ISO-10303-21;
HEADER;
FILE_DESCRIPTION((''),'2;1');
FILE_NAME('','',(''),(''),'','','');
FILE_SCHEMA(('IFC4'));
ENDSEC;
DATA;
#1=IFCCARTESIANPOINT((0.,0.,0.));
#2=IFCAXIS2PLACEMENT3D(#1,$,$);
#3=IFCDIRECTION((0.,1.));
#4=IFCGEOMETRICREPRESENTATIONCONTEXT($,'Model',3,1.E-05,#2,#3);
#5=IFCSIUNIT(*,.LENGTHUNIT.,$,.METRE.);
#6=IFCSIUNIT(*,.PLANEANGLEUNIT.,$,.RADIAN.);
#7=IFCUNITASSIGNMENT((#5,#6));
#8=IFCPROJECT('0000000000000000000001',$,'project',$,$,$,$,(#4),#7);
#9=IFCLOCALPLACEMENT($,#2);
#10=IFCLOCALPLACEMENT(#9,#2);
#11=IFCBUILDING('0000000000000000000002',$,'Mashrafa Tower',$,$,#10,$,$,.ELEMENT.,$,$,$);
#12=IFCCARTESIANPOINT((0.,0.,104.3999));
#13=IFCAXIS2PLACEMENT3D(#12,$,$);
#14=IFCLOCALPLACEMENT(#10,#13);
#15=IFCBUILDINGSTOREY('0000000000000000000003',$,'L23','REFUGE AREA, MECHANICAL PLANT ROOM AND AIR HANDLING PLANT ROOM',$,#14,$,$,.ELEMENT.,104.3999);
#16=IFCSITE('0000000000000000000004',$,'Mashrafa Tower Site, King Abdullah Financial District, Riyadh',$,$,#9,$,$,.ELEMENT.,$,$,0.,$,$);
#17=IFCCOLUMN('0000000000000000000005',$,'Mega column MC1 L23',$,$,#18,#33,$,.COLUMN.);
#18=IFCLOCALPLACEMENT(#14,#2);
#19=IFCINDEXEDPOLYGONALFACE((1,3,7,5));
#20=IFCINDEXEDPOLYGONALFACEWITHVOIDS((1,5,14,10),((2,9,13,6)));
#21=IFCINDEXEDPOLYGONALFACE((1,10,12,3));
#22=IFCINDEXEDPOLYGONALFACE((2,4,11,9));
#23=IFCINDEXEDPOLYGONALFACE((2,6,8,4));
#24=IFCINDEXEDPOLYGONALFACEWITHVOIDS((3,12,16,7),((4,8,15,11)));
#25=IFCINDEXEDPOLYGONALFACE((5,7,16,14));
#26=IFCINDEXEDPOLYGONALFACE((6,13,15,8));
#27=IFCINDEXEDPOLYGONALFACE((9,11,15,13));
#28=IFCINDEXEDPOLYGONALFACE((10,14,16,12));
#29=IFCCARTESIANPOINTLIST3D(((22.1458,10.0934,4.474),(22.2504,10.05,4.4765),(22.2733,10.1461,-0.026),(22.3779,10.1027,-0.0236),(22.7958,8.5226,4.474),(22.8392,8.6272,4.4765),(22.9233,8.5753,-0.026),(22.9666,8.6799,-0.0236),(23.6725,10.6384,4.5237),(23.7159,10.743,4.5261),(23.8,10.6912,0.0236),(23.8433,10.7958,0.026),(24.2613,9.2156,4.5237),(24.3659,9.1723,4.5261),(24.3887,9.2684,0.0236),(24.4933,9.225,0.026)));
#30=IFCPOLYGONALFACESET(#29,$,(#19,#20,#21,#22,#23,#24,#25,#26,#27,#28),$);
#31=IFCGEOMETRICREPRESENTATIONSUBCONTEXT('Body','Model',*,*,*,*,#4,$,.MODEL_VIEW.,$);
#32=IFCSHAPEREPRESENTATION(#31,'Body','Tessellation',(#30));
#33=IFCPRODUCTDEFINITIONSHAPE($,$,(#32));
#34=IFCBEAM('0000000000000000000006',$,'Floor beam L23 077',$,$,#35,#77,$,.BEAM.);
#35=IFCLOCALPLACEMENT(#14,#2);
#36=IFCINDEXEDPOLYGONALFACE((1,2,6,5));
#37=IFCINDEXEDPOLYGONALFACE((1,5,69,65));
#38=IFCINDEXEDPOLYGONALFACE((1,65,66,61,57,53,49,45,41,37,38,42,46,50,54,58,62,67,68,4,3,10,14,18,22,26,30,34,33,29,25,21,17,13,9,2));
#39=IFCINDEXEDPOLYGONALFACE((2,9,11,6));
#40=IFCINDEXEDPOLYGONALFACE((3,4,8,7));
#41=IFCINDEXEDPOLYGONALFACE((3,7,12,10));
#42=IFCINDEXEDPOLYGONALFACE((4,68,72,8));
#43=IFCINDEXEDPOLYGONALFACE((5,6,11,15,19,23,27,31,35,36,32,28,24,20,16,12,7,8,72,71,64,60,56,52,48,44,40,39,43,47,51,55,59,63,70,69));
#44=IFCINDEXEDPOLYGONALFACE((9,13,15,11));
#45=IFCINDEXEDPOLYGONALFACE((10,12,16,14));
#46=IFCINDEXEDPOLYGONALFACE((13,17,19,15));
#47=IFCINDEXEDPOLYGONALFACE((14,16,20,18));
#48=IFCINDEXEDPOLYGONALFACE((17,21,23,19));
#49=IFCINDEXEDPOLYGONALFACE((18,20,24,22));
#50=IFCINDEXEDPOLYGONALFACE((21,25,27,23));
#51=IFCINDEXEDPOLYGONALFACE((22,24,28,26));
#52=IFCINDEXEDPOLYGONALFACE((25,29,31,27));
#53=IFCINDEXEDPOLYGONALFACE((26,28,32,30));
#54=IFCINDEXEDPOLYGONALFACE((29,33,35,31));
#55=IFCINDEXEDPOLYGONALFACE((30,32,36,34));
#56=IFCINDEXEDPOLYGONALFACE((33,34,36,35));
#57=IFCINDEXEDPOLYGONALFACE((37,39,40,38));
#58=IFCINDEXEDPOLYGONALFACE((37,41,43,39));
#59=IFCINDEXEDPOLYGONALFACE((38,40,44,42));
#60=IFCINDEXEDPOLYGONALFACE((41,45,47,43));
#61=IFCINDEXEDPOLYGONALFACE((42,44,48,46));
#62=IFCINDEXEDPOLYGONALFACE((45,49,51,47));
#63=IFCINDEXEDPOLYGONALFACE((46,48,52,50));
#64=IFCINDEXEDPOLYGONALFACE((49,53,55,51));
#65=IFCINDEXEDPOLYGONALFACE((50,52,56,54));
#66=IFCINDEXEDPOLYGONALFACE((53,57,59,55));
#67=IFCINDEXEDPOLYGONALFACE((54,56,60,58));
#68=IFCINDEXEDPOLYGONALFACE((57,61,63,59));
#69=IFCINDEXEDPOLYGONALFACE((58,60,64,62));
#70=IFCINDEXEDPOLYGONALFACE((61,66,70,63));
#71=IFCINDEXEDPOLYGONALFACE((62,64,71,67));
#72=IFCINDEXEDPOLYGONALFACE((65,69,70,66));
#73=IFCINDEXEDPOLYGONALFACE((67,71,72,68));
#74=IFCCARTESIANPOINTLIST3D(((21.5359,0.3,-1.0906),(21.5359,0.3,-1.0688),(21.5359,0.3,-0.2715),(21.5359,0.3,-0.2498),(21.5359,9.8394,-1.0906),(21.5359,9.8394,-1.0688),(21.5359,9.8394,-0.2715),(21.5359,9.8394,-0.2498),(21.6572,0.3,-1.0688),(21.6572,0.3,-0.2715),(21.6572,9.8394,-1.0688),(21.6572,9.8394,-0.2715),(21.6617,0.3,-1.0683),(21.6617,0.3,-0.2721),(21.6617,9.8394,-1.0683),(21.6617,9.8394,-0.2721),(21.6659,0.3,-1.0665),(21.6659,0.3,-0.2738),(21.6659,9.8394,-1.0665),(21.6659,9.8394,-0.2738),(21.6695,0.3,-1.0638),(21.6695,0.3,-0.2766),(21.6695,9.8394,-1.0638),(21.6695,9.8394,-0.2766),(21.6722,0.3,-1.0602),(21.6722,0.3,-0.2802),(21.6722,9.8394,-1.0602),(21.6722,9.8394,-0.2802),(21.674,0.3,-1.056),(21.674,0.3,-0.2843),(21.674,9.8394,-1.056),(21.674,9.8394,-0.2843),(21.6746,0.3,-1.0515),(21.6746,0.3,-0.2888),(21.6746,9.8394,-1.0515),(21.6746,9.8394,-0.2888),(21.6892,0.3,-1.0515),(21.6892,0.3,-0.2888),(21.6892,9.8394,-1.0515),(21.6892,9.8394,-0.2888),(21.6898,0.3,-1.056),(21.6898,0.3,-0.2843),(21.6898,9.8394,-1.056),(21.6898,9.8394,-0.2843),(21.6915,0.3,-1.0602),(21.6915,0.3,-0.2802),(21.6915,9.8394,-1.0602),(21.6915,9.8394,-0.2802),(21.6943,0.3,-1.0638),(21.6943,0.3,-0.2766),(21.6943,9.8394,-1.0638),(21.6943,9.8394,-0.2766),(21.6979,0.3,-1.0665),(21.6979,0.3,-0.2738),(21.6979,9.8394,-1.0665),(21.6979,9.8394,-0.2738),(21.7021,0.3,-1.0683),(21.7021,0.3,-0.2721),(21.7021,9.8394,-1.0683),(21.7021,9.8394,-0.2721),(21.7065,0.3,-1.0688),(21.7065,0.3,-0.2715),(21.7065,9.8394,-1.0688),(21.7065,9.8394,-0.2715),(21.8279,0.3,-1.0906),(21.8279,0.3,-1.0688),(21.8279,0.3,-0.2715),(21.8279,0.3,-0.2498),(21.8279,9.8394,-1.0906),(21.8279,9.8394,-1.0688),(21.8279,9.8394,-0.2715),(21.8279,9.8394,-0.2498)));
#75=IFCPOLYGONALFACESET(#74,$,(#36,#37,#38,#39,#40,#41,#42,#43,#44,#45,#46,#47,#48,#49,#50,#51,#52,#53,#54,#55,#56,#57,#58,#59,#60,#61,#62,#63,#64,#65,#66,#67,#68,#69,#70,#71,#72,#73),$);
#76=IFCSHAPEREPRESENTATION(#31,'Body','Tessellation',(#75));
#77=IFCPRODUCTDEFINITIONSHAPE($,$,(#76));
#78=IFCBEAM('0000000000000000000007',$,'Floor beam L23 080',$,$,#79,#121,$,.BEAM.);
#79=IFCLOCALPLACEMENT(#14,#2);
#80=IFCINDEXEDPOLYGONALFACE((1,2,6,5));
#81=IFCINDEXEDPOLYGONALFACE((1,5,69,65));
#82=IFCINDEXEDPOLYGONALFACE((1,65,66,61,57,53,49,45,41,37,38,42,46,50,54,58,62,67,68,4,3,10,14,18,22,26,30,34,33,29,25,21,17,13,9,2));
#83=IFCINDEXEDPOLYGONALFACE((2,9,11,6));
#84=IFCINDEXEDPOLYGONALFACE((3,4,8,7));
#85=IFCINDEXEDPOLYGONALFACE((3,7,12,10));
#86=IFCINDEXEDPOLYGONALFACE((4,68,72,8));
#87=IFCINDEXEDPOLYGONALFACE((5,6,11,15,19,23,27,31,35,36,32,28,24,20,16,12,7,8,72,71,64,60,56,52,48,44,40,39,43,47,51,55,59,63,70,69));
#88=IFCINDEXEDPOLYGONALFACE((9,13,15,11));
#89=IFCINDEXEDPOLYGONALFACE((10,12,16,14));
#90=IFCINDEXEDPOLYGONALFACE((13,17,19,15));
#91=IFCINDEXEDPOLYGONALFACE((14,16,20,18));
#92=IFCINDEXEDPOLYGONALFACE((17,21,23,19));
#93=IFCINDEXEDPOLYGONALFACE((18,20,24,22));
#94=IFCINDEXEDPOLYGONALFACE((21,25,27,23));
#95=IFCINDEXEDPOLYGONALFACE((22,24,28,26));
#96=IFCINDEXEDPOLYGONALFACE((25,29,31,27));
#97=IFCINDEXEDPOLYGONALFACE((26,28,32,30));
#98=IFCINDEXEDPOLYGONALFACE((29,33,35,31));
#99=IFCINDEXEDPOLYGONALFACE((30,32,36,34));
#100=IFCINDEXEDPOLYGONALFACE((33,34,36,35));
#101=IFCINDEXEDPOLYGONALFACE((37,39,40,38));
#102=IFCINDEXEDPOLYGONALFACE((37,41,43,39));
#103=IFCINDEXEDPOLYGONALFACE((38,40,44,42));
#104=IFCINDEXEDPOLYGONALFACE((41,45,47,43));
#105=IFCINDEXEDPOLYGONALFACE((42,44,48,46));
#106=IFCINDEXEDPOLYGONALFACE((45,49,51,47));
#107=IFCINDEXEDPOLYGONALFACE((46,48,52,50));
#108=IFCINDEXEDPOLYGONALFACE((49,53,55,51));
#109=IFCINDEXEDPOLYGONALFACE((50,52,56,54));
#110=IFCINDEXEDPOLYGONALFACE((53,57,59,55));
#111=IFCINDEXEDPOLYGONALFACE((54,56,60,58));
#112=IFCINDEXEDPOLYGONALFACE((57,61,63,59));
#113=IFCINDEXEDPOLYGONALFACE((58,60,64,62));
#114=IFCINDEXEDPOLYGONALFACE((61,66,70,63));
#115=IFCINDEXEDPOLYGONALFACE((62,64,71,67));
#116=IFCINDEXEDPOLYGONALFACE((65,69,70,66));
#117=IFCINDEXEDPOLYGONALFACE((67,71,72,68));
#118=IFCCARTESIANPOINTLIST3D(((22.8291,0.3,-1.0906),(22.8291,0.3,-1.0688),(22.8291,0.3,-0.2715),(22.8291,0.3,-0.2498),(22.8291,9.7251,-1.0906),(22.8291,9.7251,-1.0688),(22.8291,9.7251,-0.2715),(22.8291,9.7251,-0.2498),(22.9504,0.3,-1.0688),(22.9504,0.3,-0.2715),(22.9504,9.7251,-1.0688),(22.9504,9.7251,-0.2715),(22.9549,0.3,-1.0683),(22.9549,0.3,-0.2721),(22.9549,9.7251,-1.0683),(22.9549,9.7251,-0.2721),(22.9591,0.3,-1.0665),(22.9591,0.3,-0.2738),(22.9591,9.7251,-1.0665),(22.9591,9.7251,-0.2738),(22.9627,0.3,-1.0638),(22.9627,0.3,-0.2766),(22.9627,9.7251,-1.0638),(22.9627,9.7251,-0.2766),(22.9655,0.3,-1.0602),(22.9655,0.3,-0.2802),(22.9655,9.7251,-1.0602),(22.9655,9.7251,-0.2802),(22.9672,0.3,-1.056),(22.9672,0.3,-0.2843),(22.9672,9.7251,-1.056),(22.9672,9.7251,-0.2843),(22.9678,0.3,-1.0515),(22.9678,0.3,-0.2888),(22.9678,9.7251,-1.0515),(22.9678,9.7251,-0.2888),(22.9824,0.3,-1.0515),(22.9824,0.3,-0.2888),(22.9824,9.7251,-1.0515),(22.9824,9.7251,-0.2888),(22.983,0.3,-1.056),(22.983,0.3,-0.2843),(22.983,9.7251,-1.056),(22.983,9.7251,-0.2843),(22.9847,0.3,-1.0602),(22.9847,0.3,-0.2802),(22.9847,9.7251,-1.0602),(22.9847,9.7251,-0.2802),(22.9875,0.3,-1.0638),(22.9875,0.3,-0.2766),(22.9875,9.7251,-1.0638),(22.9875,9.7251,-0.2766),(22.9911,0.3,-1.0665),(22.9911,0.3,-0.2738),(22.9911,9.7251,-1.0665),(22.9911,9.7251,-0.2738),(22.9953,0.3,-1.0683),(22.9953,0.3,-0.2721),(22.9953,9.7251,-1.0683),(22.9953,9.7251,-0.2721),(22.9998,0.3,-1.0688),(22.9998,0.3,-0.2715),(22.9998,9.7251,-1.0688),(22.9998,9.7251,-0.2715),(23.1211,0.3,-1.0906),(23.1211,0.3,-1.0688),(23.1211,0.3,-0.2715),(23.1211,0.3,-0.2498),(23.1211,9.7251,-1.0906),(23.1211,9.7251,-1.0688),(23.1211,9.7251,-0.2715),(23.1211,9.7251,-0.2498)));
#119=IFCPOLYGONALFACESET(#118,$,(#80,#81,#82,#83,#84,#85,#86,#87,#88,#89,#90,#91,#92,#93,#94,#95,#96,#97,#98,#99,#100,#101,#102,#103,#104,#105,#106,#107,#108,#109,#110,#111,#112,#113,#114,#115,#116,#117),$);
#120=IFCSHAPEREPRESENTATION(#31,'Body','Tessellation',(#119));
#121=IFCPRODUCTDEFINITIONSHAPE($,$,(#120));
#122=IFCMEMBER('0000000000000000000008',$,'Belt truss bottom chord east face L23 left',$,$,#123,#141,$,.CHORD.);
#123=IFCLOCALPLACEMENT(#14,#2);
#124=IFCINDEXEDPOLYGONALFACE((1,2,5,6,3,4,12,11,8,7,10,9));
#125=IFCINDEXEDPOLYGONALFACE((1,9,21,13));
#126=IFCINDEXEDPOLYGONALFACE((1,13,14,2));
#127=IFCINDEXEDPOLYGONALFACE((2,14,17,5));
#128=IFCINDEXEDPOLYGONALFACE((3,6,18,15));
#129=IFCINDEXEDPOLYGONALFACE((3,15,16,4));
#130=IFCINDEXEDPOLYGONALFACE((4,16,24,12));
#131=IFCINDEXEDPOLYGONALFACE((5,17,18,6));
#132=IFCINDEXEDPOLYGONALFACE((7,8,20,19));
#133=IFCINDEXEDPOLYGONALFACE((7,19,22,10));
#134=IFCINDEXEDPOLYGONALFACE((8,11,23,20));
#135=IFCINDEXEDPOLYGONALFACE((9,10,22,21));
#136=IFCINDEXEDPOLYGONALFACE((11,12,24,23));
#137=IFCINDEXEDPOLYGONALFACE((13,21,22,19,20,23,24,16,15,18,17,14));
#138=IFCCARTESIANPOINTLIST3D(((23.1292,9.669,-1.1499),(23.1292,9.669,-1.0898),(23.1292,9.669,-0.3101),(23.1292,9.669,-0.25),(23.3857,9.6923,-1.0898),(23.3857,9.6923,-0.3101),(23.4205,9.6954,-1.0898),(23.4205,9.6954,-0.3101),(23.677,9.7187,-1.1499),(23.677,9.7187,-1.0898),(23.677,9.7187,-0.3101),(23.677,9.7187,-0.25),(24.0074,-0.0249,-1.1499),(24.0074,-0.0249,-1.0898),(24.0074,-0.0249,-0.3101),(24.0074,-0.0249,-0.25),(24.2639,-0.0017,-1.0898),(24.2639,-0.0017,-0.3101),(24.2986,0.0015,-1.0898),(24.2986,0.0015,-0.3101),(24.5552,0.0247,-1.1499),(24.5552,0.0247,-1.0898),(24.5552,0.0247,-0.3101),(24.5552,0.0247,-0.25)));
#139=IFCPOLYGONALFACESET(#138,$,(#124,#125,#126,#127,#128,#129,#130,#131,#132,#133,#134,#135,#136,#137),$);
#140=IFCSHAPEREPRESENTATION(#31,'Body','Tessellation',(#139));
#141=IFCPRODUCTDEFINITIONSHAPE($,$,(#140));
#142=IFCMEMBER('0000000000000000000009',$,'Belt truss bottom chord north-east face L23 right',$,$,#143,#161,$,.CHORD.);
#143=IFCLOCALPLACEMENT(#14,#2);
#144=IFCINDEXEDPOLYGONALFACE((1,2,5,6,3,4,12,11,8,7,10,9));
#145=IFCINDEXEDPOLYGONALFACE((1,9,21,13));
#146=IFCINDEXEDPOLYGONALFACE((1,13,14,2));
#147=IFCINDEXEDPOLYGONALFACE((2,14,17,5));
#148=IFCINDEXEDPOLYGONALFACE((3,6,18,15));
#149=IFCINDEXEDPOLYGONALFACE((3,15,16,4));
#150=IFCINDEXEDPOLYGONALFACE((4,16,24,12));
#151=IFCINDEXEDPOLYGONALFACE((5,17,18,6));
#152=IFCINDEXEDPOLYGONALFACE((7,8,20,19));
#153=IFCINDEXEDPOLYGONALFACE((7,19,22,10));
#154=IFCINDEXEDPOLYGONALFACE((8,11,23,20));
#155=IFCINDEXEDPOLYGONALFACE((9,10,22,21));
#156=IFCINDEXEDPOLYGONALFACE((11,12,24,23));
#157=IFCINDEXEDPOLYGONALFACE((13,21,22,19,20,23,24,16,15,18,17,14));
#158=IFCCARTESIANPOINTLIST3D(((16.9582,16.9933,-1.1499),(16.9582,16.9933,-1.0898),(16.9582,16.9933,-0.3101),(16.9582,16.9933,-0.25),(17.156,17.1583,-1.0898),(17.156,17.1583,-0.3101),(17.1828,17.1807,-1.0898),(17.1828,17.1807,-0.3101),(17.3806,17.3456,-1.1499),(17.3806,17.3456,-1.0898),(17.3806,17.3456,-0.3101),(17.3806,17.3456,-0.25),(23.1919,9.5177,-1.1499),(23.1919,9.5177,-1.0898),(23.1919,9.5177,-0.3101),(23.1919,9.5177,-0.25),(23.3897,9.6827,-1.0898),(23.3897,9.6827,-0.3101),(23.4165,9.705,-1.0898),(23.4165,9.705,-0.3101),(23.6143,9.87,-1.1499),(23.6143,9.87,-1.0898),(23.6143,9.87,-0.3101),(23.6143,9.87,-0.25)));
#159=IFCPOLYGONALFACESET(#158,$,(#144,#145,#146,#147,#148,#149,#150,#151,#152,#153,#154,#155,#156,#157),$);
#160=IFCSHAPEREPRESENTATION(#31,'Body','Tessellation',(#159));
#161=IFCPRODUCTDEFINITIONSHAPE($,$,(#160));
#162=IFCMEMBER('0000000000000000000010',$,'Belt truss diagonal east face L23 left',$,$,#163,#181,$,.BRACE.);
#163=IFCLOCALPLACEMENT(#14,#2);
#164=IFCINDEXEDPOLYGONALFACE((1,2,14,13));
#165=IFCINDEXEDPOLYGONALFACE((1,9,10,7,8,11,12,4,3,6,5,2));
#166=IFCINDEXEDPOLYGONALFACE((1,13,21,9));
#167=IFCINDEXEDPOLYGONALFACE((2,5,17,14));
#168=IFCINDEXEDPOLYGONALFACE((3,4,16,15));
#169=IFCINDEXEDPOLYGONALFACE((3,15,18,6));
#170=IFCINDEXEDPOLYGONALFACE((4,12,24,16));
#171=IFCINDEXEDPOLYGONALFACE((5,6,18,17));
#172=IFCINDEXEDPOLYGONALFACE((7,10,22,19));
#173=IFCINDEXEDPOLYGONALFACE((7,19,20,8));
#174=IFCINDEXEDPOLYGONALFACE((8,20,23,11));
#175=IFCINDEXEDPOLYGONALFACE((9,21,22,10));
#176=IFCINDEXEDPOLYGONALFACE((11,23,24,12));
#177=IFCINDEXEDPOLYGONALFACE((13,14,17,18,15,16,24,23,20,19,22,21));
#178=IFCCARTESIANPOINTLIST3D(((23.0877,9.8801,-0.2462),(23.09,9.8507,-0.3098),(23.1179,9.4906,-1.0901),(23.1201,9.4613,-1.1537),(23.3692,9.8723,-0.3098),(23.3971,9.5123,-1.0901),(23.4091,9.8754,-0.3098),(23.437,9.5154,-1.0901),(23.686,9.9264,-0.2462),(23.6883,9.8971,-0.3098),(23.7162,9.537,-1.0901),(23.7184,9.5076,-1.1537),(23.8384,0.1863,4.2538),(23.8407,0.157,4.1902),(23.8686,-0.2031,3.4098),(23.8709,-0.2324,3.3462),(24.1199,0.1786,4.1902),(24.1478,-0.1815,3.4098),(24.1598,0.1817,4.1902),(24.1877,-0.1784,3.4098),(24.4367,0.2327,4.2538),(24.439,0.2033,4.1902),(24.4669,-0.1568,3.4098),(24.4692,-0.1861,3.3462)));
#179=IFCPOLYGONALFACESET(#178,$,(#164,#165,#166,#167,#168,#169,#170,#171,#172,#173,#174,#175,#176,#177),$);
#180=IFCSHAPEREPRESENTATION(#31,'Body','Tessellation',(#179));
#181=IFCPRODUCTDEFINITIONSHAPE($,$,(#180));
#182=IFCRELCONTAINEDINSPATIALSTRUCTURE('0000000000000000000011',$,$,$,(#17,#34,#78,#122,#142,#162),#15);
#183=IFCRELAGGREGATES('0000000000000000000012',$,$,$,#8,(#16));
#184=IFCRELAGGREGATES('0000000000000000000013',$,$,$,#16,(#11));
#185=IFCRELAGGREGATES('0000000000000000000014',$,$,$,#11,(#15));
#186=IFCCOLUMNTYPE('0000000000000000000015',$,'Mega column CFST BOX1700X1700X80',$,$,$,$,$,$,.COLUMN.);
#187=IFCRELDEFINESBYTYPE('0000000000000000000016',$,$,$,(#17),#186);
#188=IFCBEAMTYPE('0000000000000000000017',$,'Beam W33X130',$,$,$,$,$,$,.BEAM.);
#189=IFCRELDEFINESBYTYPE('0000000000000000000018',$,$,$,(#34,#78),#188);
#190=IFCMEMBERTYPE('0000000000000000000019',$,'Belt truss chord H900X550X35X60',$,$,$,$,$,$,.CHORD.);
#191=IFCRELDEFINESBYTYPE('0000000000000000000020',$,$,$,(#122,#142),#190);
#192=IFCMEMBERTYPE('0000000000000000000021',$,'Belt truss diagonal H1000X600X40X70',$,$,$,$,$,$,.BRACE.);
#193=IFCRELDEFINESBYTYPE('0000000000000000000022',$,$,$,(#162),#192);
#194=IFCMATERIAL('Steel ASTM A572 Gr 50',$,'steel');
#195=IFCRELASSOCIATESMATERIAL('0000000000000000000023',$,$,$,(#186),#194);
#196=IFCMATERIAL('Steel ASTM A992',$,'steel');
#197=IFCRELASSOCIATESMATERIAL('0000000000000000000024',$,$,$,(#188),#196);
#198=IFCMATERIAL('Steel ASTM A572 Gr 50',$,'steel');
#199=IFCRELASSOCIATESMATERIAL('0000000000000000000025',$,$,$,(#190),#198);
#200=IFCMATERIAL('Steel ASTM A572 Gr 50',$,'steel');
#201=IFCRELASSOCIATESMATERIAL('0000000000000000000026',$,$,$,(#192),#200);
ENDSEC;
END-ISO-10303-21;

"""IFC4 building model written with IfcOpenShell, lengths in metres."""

from ifc_helpers import new_model, si_unit, direction, frame, origin, origin_2d, place, context, subcontext, project, spatial, hollow_rectangle, i_section, extrude, source, transform, mapped, material, material_profile, profile_set, type_object, type_shapes, element, save


model = new_model("IFC4")

# Units and contexts
model_context = context("Model", 3, precision=1e-05, world=origin(), true_north=direction((0.0, 1.0)))
body_context = subcontext(model_context, "Body", "Model", "MODEL_VIEW")
ifc_project = project(units=[si_unit("LENGTHUNIT", "METRE"), si_unit("PLANEANGLEUNIT", "RADIAN")], contexts=[model_context])

# Site, building, storey
site_placement = place(None, origin())
site = spatial("IfcSite", under=ifc_project, at=site_placement, Name="Mashrafa Tower Site, King Abdullah Financial District, Riyadh", CompositionType="ELEMENT", RefElevation=0.0)
building_placement = place(site_placement, origin())
building = spatial("IfcBuilding", under=site, at=building_placement, Name="Mashrafa Tower", CompositionType="ELEMENT")
storey_placement = place(building_placement, frame((0.0, 0.0, 104.3999)))
storey = spatial("IfcBuildingStorey", under=building, at=storey_placement, Name="L23", Description="REFUGE AREA, MECHANICAL PLANT ROOM AND AIR HANDLING PLANT ROOM", CompositionType="ELEMENT", Elevation=104.3999)

# Column
ifc_material_1 = material(Name="Steel ASTM A572 Gr 50", Category="steel")
ifc_material_profile_1 = material_profile(ifc_material_1, hollow_rectangle(XDim=1.7, YDim=1.7, WallThickness=0.0801, at=origin_2d()), Name="BOX1700X1700X80")
ifc_profile_set_1 = profile_set([ifc_material_profile_1], Name="Steel ASTM A572 Gr 50")
column_type = type_object("IfcColumnType", Name="Mega column CFST BOX1700X1700X80", PredefinedType="COLUMN", material=ifc_profile_set_1)
column_placement = place(storey_placement, frame((23.3833, 9.6855, 0.0), z_axis=(-0.028307, -0.011713, 0.999531), x_axis=(0.382352, -0.924017, 0.0)))
element("IfcColumn", 1, at=column_placement, inside=storey, type_object=column_type, Name="Mega column MC1 L23", PredefinedType="COLUMN", context=body_context, shape_type="SweptSolid", body=[
    extrude(hollow_rectangle(XDim=1.7, YDim=1.7, WallThickness=0.0801, at=origin_2d()), origin(), (0.0, 0.0, 1.0), 4.5022),
])

# Beams
ifc_material_2 = material(Name="Steel ASTM A992", Category="steel")
ifc_material_profile_2 = material_profile(ifc_material_2, i_section(OverallWidth=0.292, OverallDepth=0.8408, WebThickness=0.0146, FlangeThickness=0.0217, FilletRadius=0.0173, at=origin_2d()), Name="W33X130")
ifc_profile_set_2 = profile_set([ifc_material_profile_2], Name="Steel ASTM A992")
beam_type = type_object("IfcBeamType", Name="Beam W33X130", PredefinedType="BEAM", material=ifc_profile_set_2)
beam_1_placement = place(storey_placement, frame((21.6819, 9.8394, -0.6702), z_axis=(0.0, -1.0, 0.0), x_axis=(1.0, 0.0, 0.0)))
element("IfcBeam", 2, at=beam_1_placement, inside=storey, type_object=beam_type, Name="Floor beam L23 077", PredefinedType="BEAM", context=body_context, shape_type="SweptSolid", body=[
    extrude(i_section(OverallWidth=0.292, OverallDepth=0.8408, WebThickness=0.0146, FlangeThickness=0.0217, FilletRadius=0.0173, at=origin_2d()), origin(), (0.0, 0.0, 1.0), 9.5393),
])
beam_2_placement = place(storey_placement, frame((22.9751, 9.7251, -0.6702), z_axis=(0.0, -1.0, 0.0), x_axis=(1.0, 0.0, 0.0)))
element("IfcBeam", 3, at=beam_2_placement, inside=storey, type_object=beam_type, Name="Floor beam L23 080", PredefinedType="BEAM", context=body_context, shape_type="SweptSolid", body=[
    extrude(i_section(OverallWidth=0.292, OverallDepth=0.8408, WebThickness=0.0146, FlangeThickness=0.0217, FilletRadius=0.0173, at=origin_2d()), origin(), (0.0, 0.0, 1.0), 9.425),
])

# Members
ifc_material_3 = material(Name="Steel ASTM A572 Gr 50", Category="steel")
ifc_material_profile_3 = material_profile(ifc_material_3, i_section(OverallWidth=0.55, OverallDepth=0.8999, WebThickness=0.0349, FlangeThickness=0.0601, at=origin_2d()), Name="H900X550X35X60")
ifc_profile_set_3 = profile_set([ifc_material_profile_3], Name="Steel ASTM A572 Gr 50")
member_type_1 = type_object("IfcMemberType", Name="Belt truss chord H900X550X35X60", PredefinedType="CHORD", material=ifc_profile_set_3)
shared_shape_1 = source(origin(), body_context, "Body", "SweptSolid", [
    extrude(i_section(OverallWidth=0.55, OverallDepth=0.8999, WebThickness=0.0349, FlangeThickness=0.0601, at=origin_2d()), origin(), (0.0, 0.0, 1.0), 9.7336),
])
type_shapes(member_type_1, [shared_shape_1])
for number, where, z_axis, x_axis, name in (
    (4, (23.4031, 9.6938, -0.7), (0.090221, -0.995922, 0.0), (0.995922, 0.090221, 0.0), "Belt truss bottom chord east face L23 left"),
    (5, (23.4031, 9.6938, -0.7), (-0.640426, 0.76802, 0.0), (-0.76802, -0.640426, 0.0), "Belt truss bottom chord north-east face L23 right"),
):
    element("IfcMember", number, at=place(storey_placement, frame(where, z_axis=z_axis, x_axis=x_axis)), inside=storey, type_object=member_type_1, Name=name, PredefinedType="CHORD", context=body_context, shape_type="MappedRepresentation", body=[
        mapped(shared_shape_1, transform((0.0, 0.0, 0.0))),
    ])
ifc_material_4 = material(Name="Steel ASTM A572 Gr 50", Category="steel")
ifc_material_profile_4 = material_profile(ifc_material_4, i_section(OverallWidth=0.6001, OverallDepth=1.0, WebThickness=0.04, FlangeThickness=0.0701, at=origin_2d()), Name="H1000X600X40X70")
ifc_profile_set_4 = profile_set([ifc_material_profile_4], Name="Steel ASTM A572 Gr 50")
member_type_2 = type_object("IfcMemberType", Name="Belt truss diagonal H1000X600X40X70", PredefinedType="BRACE", material=ifc_profile_set_4)
shared_shape_2 = source(origin(), body_context, "Body", "SweptSolid", [
    extrude(i_section(OverallWidth=0.6001, OverallDepth=1.0, WebThickness=0.04, FlangeThickness=0.0701, at=origin_2d()), origin(), (0.0, 0.0, 1.0), 10.7136),
])
member_1_placement = place(storey_placement, frame((23.4031, 9.6938, -0.7), z_axis=(0.070072, -0.904805, 0.420021), x_axis=(0.997015, 0.077213, 0.0)))
element("IfcMember", 6, at=member_1_placement, inside=storey, type_object=member_type_2, Name="Belt truss diagonal east face L23 left", PredefinedType="BRACE", context=body_context, shape_type="MappedRepresentation", body=[
    mapped(shared_shape_2, transform((0.0, 0.0, 0.0))),
])

save(model, "model.ifc")
